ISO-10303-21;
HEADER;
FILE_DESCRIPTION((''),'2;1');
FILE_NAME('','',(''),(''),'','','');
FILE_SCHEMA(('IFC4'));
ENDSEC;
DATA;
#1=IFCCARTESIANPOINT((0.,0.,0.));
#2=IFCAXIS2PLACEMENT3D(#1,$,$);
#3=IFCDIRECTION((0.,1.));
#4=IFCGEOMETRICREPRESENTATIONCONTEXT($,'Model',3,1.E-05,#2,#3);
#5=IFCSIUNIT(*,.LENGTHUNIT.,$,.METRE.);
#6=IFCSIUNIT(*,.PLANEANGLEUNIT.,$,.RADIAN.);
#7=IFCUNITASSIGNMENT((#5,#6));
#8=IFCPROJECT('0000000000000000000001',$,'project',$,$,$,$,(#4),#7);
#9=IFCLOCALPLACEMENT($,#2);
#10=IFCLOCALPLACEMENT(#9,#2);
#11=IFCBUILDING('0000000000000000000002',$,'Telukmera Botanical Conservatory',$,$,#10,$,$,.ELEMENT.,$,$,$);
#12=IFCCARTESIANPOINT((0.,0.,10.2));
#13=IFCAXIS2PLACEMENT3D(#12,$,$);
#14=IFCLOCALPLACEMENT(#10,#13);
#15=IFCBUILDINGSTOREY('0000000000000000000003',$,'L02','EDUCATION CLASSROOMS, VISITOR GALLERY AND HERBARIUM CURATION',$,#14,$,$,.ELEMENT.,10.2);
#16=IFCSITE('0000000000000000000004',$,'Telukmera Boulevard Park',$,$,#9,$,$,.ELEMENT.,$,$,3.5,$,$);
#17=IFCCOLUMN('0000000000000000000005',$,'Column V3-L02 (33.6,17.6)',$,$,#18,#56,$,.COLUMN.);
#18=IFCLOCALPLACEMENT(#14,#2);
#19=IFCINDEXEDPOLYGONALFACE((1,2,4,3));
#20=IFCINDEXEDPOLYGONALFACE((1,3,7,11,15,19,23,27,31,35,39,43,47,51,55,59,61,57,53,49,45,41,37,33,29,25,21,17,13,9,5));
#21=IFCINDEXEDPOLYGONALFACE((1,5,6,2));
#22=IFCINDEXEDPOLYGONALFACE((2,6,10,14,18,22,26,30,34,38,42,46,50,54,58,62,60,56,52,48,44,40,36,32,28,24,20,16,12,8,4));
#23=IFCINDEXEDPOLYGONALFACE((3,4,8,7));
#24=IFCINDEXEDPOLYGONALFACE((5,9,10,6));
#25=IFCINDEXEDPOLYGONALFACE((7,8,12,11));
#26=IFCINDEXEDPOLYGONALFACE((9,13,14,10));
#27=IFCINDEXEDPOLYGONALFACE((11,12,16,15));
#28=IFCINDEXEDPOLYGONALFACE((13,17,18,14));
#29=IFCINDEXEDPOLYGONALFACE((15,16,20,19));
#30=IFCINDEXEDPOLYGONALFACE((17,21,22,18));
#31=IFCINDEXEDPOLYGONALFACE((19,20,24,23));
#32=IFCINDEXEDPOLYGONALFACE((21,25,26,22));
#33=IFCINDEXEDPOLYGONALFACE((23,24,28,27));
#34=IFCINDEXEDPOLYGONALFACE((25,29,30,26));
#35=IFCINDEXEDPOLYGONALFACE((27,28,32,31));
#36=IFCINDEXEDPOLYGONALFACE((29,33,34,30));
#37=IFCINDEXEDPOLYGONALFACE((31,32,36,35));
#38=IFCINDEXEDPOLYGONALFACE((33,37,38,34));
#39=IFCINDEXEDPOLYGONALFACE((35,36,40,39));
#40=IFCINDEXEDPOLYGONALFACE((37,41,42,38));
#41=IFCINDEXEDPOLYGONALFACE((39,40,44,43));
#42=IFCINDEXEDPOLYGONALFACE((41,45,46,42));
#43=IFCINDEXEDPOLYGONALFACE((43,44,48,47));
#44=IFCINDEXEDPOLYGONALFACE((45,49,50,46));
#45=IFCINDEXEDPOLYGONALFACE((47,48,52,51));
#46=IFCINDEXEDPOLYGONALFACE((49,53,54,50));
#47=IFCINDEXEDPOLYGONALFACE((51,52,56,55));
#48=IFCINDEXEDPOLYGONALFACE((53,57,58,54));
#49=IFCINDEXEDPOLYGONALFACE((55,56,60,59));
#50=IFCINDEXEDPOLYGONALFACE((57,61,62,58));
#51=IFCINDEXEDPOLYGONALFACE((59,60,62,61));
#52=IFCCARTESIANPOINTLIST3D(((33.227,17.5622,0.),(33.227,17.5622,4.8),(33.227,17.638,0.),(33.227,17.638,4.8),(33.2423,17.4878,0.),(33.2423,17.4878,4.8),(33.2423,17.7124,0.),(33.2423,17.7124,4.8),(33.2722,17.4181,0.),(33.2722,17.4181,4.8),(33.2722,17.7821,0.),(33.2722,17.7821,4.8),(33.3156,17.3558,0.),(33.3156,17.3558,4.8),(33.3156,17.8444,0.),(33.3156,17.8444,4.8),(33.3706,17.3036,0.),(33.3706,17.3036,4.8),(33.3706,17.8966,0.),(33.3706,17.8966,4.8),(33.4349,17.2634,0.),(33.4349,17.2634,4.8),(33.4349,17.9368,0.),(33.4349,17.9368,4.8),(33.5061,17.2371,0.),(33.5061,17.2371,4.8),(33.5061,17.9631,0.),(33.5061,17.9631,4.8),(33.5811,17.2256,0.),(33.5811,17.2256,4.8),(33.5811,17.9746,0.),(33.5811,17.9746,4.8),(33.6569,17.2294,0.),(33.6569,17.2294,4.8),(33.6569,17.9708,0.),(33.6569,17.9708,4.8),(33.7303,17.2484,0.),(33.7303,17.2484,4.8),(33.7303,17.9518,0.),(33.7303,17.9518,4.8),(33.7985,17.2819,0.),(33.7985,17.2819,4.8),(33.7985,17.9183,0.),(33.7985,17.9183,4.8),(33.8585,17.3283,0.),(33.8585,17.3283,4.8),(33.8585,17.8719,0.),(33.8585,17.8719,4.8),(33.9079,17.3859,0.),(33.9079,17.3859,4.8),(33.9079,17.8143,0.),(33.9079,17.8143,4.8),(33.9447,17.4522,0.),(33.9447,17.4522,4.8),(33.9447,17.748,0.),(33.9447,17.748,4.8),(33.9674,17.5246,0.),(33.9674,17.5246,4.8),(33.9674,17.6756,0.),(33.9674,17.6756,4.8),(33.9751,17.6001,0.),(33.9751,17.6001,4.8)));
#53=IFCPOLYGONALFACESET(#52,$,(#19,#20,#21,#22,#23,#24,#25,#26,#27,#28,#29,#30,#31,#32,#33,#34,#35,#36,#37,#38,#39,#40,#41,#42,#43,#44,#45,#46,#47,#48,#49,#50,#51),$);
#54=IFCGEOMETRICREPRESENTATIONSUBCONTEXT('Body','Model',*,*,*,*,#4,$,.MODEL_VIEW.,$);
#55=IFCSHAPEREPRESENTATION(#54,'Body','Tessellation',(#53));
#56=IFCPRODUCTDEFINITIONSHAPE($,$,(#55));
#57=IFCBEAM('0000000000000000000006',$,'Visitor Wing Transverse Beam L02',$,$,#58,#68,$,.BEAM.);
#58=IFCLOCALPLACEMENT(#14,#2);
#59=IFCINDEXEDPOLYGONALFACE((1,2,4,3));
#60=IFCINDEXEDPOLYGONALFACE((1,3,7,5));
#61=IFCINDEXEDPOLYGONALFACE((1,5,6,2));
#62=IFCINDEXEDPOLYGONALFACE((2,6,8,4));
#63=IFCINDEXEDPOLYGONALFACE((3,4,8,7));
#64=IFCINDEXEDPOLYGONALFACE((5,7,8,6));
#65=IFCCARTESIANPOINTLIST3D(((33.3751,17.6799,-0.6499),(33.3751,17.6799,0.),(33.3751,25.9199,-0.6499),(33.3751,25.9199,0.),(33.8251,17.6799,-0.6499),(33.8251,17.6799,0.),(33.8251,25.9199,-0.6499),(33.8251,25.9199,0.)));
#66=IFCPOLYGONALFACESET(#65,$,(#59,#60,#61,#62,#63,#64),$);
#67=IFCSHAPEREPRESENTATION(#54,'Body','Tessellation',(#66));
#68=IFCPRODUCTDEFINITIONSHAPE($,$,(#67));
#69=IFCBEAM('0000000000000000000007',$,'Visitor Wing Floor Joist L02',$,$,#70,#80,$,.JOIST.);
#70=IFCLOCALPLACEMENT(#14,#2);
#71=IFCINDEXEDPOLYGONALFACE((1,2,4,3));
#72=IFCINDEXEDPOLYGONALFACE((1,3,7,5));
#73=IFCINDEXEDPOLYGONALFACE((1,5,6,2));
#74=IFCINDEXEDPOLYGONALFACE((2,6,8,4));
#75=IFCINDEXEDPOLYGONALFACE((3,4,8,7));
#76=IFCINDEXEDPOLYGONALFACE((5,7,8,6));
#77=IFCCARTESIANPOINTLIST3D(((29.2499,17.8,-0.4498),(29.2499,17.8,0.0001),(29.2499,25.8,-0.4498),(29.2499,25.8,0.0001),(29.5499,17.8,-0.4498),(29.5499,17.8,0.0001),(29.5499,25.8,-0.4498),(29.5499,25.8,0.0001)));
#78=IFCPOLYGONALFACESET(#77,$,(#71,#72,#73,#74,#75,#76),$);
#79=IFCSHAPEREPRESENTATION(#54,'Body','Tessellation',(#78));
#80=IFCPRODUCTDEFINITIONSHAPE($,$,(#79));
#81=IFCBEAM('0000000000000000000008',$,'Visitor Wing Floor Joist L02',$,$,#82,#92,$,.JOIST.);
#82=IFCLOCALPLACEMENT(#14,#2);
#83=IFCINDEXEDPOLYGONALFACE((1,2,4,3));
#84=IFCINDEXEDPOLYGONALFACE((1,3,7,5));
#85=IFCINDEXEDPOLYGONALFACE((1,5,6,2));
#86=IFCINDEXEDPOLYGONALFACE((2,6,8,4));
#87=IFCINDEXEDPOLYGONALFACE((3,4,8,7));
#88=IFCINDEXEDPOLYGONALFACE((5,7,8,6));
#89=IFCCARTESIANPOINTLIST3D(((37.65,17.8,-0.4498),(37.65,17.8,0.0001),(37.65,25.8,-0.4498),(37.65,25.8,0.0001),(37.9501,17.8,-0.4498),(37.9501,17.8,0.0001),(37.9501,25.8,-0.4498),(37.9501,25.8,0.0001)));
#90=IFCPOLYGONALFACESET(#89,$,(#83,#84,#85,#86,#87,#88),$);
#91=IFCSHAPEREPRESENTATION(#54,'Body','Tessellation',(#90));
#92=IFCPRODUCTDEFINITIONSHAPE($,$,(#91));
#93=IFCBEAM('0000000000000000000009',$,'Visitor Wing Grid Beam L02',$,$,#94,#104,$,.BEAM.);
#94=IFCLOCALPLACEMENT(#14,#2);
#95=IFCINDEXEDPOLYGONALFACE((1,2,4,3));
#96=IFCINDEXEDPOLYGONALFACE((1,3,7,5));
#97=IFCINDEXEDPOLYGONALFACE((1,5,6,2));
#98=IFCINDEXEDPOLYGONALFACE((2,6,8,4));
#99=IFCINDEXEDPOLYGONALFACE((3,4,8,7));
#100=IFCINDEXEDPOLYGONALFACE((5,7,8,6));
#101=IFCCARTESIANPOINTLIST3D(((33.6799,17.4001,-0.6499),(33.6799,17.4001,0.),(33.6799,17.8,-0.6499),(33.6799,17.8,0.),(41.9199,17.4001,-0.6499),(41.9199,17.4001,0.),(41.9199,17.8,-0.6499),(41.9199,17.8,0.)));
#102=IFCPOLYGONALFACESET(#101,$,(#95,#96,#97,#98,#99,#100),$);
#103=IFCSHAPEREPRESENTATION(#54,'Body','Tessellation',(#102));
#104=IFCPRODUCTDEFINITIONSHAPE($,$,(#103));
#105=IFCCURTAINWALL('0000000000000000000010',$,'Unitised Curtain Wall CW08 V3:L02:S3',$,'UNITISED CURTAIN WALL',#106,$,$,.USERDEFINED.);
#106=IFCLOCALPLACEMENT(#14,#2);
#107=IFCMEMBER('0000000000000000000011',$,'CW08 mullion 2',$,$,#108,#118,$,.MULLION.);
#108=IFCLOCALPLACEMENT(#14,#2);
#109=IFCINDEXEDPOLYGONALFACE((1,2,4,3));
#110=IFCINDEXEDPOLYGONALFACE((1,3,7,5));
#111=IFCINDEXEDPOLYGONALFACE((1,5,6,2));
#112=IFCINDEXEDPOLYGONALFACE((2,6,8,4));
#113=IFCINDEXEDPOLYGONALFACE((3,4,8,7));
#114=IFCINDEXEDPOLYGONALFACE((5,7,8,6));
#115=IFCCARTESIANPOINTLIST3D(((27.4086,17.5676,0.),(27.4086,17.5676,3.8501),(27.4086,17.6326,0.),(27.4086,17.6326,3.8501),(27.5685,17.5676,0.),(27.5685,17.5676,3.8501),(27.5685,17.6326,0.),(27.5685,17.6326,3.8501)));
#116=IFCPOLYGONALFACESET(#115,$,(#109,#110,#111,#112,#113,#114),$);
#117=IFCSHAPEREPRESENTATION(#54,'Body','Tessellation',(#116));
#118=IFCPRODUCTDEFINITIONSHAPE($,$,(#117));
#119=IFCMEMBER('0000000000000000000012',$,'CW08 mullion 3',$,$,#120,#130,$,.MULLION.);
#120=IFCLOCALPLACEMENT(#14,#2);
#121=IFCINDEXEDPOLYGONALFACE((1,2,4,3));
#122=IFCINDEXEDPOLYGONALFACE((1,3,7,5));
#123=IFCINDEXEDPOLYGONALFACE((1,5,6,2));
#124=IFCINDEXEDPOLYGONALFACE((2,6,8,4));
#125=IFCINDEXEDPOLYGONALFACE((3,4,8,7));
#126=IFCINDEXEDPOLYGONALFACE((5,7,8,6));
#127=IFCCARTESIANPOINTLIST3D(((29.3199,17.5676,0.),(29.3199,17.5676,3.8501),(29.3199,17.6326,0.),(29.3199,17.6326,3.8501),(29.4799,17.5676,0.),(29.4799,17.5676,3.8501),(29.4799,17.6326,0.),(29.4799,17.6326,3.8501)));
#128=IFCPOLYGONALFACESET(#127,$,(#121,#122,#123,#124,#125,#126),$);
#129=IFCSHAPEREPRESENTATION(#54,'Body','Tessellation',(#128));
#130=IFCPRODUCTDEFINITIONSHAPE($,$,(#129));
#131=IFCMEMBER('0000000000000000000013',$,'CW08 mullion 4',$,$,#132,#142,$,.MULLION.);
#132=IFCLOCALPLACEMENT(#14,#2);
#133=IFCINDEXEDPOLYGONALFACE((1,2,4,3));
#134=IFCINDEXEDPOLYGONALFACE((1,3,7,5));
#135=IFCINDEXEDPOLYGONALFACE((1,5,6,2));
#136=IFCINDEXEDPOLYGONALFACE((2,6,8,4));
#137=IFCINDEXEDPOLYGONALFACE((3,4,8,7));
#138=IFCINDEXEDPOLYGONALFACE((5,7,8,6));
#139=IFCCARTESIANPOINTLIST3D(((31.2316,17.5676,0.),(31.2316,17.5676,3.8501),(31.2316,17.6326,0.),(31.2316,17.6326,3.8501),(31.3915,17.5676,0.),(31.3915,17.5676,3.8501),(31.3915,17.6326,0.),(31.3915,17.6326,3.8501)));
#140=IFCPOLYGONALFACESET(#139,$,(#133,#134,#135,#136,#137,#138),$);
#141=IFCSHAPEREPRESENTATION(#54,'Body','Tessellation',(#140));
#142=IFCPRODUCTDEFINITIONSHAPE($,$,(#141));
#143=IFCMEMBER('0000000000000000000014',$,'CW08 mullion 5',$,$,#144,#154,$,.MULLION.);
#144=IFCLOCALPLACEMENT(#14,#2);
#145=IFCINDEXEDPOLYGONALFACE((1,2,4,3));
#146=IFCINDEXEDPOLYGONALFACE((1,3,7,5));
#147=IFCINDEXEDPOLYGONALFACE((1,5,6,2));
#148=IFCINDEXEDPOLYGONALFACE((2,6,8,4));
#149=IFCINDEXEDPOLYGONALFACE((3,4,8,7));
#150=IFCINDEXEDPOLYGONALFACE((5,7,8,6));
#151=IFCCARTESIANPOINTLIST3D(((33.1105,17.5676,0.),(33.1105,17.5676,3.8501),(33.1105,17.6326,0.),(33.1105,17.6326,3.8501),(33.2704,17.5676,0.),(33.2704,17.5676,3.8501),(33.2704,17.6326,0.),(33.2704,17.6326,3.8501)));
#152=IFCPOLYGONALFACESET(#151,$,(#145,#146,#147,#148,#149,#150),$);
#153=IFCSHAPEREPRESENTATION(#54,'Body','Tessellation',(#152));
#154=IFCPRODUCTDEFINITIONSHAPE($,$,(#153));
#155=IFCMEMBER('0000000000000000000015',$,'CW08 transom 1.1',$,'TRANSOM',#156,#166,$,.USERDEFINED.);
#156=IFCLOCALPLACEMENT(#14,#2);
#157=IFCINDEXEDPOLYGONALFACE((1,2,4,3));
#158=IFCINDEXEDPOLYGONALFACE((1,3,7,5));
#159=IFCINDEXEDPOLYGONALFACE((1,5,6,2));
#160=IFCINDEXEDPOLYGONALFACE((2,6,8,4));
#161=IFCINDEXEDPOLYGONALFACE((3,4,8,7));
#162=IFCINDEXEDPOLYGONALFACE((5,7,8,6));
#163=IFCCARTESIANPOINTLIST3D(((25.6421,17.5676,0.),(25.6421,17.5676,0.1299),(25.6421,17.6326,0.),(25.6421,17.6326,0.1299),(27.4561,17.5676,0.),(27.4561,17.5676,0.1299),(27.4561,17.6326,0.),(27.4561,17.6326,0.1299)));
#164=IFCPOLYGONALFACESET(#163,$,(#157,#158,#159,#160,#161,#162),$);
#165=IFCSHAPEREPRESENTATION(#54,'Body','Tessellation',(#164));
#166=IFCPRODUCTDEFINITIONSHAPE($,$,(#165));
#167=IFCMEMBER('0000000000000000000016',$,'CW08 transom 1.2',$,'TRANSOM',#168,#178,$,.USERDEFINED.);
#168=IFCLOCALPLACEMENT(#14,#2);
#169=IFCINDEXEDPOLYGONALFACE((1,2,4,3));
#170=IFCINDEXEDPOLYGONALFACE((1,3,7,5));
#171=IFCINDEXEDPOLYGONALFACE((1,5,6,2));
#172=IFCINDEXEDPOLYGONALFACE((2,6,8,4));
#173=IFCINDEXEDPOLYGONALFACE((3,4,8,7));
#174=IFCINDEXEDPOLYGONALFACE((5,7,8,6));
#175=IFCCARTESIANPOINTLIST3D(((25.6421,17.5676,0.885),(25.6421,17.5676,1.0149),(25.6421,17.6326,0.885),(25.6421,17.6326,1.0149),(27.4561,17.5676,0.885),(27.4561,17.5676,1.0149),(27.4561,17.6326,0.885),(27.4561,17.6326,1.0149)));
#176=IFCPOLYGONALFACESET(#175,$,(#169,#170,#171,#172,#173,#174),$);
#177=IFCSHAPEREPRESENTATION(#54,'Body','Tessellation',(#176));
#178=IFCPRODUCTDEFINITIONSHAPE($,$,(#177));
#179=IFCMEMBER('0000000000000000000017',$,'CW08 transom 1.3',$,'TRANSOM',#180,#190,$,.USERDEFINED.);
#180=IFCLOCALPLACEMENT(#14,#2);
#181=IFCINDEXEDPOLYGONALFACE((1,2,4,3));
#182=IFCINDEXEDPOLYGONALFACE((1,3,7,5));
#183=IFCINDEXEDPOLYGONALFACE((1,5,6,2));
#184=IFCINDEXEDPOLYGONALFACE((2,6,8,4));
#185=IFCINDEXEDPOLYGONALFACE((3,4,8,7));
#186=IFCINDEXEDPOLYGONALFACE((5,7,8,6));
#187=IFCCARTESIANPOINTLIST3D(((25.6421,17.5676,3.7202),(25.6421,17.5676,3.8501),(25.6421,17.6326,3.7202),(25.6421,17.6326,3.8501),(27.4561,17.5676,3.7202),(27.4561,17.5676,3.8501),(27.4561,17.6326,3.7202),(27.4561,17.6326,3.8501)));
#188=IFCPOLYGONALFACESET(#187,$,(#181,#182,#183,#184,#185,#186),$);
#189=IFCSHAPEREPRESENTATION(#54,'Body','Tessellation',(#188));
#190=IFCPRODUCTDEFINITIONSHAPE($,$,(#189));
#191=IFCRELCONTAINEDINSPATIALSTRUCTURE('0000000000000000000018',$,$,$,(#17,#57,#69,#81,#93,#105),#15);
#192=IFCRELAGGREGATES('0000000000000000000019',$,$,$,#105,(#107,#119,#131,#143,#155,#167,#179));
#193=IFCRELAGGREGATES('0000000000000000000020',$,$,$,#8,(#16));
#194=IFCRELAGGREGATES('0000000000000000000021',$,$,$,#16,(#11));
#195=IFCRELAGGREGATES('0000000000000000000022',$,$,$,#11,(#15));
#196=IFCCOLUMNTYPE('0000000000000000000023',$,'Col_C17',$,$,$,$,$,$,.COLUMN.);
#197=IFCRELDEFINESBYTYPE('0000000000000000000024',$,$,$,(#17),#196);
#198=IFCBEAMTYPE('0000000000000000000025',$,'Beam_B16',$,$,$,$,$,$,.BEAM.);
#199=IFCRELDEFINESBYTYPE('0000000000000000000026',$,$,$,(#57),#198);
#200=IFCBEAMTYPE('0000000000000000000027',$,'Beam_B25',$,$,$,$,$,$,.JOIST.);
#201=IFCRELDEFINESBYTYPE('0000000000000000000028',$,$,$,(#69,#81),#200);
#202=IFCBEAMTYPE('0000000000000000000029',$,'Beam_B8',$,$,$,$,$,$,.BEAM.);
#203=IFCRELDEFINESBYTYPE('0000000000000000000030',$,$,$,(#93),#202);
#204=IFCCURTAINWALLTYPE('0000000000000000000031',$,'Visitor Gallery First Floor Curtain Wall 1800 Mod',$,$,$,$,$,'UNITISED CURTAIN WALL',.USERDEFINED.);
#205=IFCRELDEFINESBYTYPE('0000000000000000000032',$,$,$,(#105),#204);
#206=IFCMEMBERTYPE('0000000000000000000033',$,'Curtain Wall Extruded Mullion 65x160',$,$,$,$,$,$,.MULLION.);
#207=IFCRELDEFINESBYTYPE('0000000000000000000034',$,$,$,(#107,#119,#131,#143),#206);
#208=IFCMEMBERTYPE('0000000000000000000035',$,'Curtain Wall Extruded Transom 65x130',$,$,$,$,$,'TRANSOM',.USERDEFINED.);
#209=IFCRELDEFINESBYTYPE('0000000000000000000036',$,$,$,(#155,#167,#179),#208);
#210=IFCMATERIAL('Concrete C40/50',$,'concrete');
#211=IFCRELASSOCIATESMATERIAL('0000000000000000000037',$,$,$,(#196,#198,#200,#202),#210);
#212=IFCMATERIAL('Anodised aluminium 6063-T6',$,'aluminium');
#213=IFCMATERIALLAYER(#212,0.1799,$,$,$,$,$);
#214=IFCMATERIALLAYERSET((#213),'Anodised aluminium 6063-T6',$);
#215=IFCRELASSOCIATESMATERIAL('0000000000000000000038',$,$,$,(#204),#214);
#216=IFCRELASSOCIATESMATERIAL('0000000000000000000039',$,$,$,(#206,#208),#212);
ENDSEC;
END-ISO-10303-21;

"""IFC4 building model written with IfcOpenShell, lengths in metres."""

from ifc_helpers import new_model, si_unit, direction, frame, origin, origin_2d, place, context, subcontext, project, spatial, rectangle, circle, extrude, material, layer, layer_set, material_profile, profile_set, type_object, element, aggregate, save


model = new_model("IFC4")

# Units and contexts
model_context = context("Model", 3, precision=1e-05, world=origin(), true_north=direction((0.0, 1.0)))
body_context = subcontext(model_context, "Body", "Model", "MODEL_VIEW")
ifc_project = project(units=[si_unit("LENGTHUNIT", "METRE"), si_unit("PLANEANGLEUNIT", "RADIAN")], contexts=[model_context])

# Site, building, storey
site_placement = place(None, origin())
site = spatial("IfcSite", under=ifc_project, at=site_placement, Name="Telukmera Boulevard Park", CompositionType="ELEMENT", RefElevation=3.5)
building_placement = place(site_placement, origin())
building = spatial("IfcBuilding", under=site, at=building_placement, Name="Telukmera Botanical Conservatory", CompositionType="ELEMENT")
storey_placement = place(building_placement, frame((0.0, 0.0, 10.2)))
storey = spatial("IfcBuildingStorey", under=building, at=storey_placement, Name="L02", Description="EDUCATION CLASSROOMS, VISITOR GALLERY AND HERBARIUM CURATION", CompositionType="ELEMENT", Elevation=10.2)

# Column
ifc_material_1 = material(Name="Concrete C40/50", Category="concrete")
ifc_material_profile_1 = material_profile(ifc_material_1, circle(Radius=0.375, at=origin_2d()), Name="RC D750")
ifc_profile_set_1 = profile_set([ifc_material_profile_1], Name="Concrete C40/50")
column_type = type_object("IfcColumnType", Name="Col_C17", PredefinedType="COLUMN", material=ifc_profile_set_1)
column_placement = place(storey_placement, frame((33.6001, 17.6001, 0.0), z_axis=(0.0, 0.0, 1.0), x_axis=(1.0, 0.0, 0.0)))
element("IfcColumn", 1, at=column_placement, inside=storey, type_object=column_type, Name="Column V3-L02 (33.6,17.6)", PredefinedType="COLUMN", context=body_context, shape_type="SweptSolid", body=[
    extrude(circle(Radius=0.375, at=origin_2d()), origin(), (0.0, 0.0, 1.0), 4.8),
])

# Beams
ifc_material_profile_2 = material_profile(ifc_material_1, rectangle(XDim=0.45, YDim=0.6499, at=origin_2d()), Name="RC 450x650")
ifc_profile_set_2 = profile_set([ifc_material_profile_2], Name="Concrete C40/50")
beam_type_1 = type_object("IfcBeamType", Name="Beam_B16", PredefinedType="BEAM", material=ifc_profile_set_2)
beam_1_placement = place(storey_placement, frame((33.6001, 17.6799, -0.325), z_axis=(0.0, 1.0, 0.0), x_axis=(-1.0, 0.0, 0.0)))
element("IfcBeam", 2, at=beam_1_placement, inside=storey, type_object=beam_type_1, Name="Visitor Wing Transverse Beam L02", PredefinedType="BEAM", context=body_context, shape_type="SweptSolid", body=[
    extrude(rectangle(XDim=0.45, YDim=0.6499, at=origin_2d()), origin(), (0.0, 0.0, 1.0), 8.24),
])
ifc_material_profile_3 = material_profile(ifc_material_1, rectangle(XDim=0.3, YDim=0.45, at=origin_2d()), Name="RC 300x450")
ifc_profile_set_3 = profile_set([ifc_material_profile_3], Name="Concrete C40/50")
beam_type_2 = type_object("IfcBeamType", Name="Beam_B25", PredefinedType="JOIST", material=ifc_profile_set_3)
for number, where, z_axis, x_axis, name in (
    (3, (29.3999, 17.8, -0.2249), (0.0, 1.0, 0.0), (-1.0, 0.0, 0.0), "Visitor Wing Floor Joist L02"),
    (4, (37.8, 17.8, -0.2249), (0.0, 1.0, 0.0), (-1.0, 0.0, 0.0), "Visitor Wing Floor Joist L02"),
):
    element("IfcBeam", number, at=place(storey_placement, frame(where, z_axis=z_axis, x_axis=x_axis)), inside=storey, type_object=beam_type_2, Name=name, PredefinedType="JOIST", context=body_context, shape_type="SweptSolid", body=[
        extrude(rectangle(XDim=0.3, YDim=0.45, at=origin_2d()), origin(), (0.0, 0.0, 1.0), 8.0),
    ])
ifc_material_profile_4 = material_profile(ifc_material_1, rectangle(XDim=0.3999, YDim=0.6499, at=origin_2d()), Name="RC 400x650")
ifc_profile_set_4 = profile_set([ifc_material_profile_4], Name="Concrete C40/50")
beam_type_3 = type_object("IfcBeamType", Name="Beam_B8", PredefinedType="BEAM", material=ifc_profile_set_4)
beam_2_placement = place(storey_placement, frame((33.6799, 17.6001, -0.325), z_axis=(1.0, 0.0, 0.0), x_axis=(0.0, 1.0, 0.0)))
element("IfcBeam", 5, at=beam_2_placement, inside=storey, type_object=beam_type_3, Name="Visitor Wing Grid Beam L02", PredefinedType="BEAM", context=body_context, shape_type="SweptSolid", body=[
    extrude(rectangle(XDim=0.3999, YDim=0.6499, at=origin_2d()), origin(), (0.0, 0.0, 1.0), 8.24),
])

# Curtain wall, members
ifc_material_2 = material(Name="Anodised aluminium 6063-T6", Category="aluminium")
ifc_layer_1 = layer(ifc_material_2, 0.1799)
ifc_layer_set_1 = layer_set([ifc_layer_1], Name="Anodised aluminium 6063-T6")
curtain_wall_type = type_object("IfcCurtainWallType", Name="Visitor Gallery First Floor Curtain Wall 1800 Mod", ElementType="UNITISED CURTAIN WALL", PredefinedType="USERDEFINED", material=ifc_layer_set_1)
curtain_wall_placement = place(storey_placement, origin())
curtain_wall = element("IfcCurtainWall", 6, at=curtain_wall_placement, inside=storey, type_object=curtain_wall_type, Name="Unitised Curtain Wall CW08 V3:L02:S3", ObjectType="UNITISED CURTAIN WALL", PredefinedType="USERDEFINED")
ifc_material_profile_5 = material_profile(ifc_material_2, rectangle(XDim=0.0649, YDim=0.1599, at=origin_2d()), Name="ALU MULL 65x160")
ifc_profile_set_5 = profile_set([ifc_material_profile_5], Name="Anodised aluminium 6063-T6")
member_type_1 = type_object("IfcMemberType", Name="Curtain Wall Extruded Mullion 65x160", PredefinedType="MULLION", material=ifc_profile_set_5)
member_1_placement = place(storey_placement, frame((27.4885, 17.6001, 0.0), z_axis=(0.0, 0.0, 1.0), x_axis=(0.0, 1.0, 0.0)))
member_1 = element("IfcMember", 7, at=member_1_placement, type_object=member_type_1, Name="CW08 mullion 2", PredefinedType="MULLION", context=body_context, shape_type="SweptSolid", body=[
    extrude(rectangle(XDim=0.0649, YDim=0.1599, at=origin_2d()), origin(), (0.0, 0.0, 1.0), 3.8501),
])
member_2_placement = place(storey_placement, frame((29.3999, 17.6001, 0.0), z_axis=(0.0, 0.0, 1.0), x_axis=(0.0, 1.0, 0.0)))
member_2 = element("IfcMember", 8, at=member_2_placement, type_object=member_type_1, Name="CW08 mullion 3", PredefinedType="MULLION", context=body_context, shape_type="SweptSolid", body=[
    extrude(rectangle(XDim=0.0649, YDim=0.1599, at=origin_2d()), origin(), (0.0, 0.0, 1.0), 3.8501),
])
member_3_placement = place(storey_placement, frame((31.3115, 17.6001, 0.0), z_axis=(0.0, 0.0, 1.0), x_axis=(0.0, 1.0, 0.0)))
member_3 = element("IfcMember", 9, at=member_3_placement, type_object=member_type_1, Name="CW08 mullion 4", PredefinedType="MULLION", context=body_context, shape_type="SweptSolid", body=[
    extrude(rectangle(XDim=0.0649, YDim=0.1599, at=origin_2d()), origin(), (0.0, 0.0, 1.0), 3.8501),
])
member_4_placement = place(storey_placement, frame((33.1904, 17.6001, 0.0), z_axis=(0.0, 0.0, 1.0), x_axis=(0.0, 1.0, 0.0)))
member_4 = element("IfcMember", 10, at=member_4_placement, type_object=member_type_1, Name="CW08 mullion 5", PredefinedType="MULLION", context=body_context, shape_type="SweptSolid", body=[
    extrude(rectangle(XDim=0.0649, YDim=0.1599, at=origin_2d()), origin(), (0.0, 0.0, 1.0), 3.8501),
])
ifc_material_profile_6 = material_profile(ifc_material_2, rectangle(XDim=0.0649, YDim=0.1299, at=origin_2d()), Name="ALU TRAN 65x130")
ifc_profile_set_6 = profile_set([ifc_material_profile_6], Name="Anodised aluminium 6063-T6")
member_type_2 = type_object("IfcMemberType", Name="Curtain Wall Extruded Transom 65x130", ElementType="TRANSOM", PredefinedType="USERDEFINED", material=ifc_profile_set_6)
member_5_placement = place(storey_placement, frame((25.6421, 17.6001, 0.0649), z_axis=(1.0, 0.0, 0.0), x_axis=(0.0, 1.0, 0.0)))
member_5 = element("IfcMember", 11, at=member_5_placement, type_object=member_type_2, Name="CW08 transom 1.1", ObjectType="TRANSOM", PredefinedType="USERDEFINED", context=body_context, shape_type="SweptSolid", body=[
    extrude(rectangle(XDim=0.0649, YDim=0.1299, at=origin_2d()), origin(), (0.0, 0.0, 1.0), 1.814),
])
member_6_placement = place(storey_placement, frame((25.6421, 17.6001, 0.95), z_axis=(1.0, 0.0, 0.0), x_axis=(0.0, 1.0, 0.0)))
member_6 = element("IfcMember", 12, at=member_6_placement, type_object=member_type_2, Name="CW08 transom 1.2", ObjectType="TRANSOM", PredefinedType="USERDEFINED", context=body_context, shape_type="SweptSolid", body=[
    extrude(rectangle(XDim=0.0649, YDim=0.1299, at=origin_2d()), origin(), (0.0, 0.0, 1.0), 1.814),
])
member_7_placement = place(storey_placement, frame((25.6421, 17.6001, 3.7852), z_axis=(1.0, 0.0, 0.0), x_axis=(0.0, 1.0, 0.0)))
member_7 = element("IfcMember", 13, at=member_7_placement, type_object=member_type_2, Name="CW08 transom 1.3", ObjectType="TRANSOM", PredefinedType="USERDEFINED", context=body_context, shape_type="SweptSolid", body=[
    extrude(rectangle(XDim=0.0649, YDim=0.1299, at=origin_2d()), origin(), (0.0, 0.0, 1.0), 1.814),
])
aggregate(curtain_wall, [member_1, member_2, member_3, member_4, member_5, member_6, member_7])

save(model, "model.ifc")
